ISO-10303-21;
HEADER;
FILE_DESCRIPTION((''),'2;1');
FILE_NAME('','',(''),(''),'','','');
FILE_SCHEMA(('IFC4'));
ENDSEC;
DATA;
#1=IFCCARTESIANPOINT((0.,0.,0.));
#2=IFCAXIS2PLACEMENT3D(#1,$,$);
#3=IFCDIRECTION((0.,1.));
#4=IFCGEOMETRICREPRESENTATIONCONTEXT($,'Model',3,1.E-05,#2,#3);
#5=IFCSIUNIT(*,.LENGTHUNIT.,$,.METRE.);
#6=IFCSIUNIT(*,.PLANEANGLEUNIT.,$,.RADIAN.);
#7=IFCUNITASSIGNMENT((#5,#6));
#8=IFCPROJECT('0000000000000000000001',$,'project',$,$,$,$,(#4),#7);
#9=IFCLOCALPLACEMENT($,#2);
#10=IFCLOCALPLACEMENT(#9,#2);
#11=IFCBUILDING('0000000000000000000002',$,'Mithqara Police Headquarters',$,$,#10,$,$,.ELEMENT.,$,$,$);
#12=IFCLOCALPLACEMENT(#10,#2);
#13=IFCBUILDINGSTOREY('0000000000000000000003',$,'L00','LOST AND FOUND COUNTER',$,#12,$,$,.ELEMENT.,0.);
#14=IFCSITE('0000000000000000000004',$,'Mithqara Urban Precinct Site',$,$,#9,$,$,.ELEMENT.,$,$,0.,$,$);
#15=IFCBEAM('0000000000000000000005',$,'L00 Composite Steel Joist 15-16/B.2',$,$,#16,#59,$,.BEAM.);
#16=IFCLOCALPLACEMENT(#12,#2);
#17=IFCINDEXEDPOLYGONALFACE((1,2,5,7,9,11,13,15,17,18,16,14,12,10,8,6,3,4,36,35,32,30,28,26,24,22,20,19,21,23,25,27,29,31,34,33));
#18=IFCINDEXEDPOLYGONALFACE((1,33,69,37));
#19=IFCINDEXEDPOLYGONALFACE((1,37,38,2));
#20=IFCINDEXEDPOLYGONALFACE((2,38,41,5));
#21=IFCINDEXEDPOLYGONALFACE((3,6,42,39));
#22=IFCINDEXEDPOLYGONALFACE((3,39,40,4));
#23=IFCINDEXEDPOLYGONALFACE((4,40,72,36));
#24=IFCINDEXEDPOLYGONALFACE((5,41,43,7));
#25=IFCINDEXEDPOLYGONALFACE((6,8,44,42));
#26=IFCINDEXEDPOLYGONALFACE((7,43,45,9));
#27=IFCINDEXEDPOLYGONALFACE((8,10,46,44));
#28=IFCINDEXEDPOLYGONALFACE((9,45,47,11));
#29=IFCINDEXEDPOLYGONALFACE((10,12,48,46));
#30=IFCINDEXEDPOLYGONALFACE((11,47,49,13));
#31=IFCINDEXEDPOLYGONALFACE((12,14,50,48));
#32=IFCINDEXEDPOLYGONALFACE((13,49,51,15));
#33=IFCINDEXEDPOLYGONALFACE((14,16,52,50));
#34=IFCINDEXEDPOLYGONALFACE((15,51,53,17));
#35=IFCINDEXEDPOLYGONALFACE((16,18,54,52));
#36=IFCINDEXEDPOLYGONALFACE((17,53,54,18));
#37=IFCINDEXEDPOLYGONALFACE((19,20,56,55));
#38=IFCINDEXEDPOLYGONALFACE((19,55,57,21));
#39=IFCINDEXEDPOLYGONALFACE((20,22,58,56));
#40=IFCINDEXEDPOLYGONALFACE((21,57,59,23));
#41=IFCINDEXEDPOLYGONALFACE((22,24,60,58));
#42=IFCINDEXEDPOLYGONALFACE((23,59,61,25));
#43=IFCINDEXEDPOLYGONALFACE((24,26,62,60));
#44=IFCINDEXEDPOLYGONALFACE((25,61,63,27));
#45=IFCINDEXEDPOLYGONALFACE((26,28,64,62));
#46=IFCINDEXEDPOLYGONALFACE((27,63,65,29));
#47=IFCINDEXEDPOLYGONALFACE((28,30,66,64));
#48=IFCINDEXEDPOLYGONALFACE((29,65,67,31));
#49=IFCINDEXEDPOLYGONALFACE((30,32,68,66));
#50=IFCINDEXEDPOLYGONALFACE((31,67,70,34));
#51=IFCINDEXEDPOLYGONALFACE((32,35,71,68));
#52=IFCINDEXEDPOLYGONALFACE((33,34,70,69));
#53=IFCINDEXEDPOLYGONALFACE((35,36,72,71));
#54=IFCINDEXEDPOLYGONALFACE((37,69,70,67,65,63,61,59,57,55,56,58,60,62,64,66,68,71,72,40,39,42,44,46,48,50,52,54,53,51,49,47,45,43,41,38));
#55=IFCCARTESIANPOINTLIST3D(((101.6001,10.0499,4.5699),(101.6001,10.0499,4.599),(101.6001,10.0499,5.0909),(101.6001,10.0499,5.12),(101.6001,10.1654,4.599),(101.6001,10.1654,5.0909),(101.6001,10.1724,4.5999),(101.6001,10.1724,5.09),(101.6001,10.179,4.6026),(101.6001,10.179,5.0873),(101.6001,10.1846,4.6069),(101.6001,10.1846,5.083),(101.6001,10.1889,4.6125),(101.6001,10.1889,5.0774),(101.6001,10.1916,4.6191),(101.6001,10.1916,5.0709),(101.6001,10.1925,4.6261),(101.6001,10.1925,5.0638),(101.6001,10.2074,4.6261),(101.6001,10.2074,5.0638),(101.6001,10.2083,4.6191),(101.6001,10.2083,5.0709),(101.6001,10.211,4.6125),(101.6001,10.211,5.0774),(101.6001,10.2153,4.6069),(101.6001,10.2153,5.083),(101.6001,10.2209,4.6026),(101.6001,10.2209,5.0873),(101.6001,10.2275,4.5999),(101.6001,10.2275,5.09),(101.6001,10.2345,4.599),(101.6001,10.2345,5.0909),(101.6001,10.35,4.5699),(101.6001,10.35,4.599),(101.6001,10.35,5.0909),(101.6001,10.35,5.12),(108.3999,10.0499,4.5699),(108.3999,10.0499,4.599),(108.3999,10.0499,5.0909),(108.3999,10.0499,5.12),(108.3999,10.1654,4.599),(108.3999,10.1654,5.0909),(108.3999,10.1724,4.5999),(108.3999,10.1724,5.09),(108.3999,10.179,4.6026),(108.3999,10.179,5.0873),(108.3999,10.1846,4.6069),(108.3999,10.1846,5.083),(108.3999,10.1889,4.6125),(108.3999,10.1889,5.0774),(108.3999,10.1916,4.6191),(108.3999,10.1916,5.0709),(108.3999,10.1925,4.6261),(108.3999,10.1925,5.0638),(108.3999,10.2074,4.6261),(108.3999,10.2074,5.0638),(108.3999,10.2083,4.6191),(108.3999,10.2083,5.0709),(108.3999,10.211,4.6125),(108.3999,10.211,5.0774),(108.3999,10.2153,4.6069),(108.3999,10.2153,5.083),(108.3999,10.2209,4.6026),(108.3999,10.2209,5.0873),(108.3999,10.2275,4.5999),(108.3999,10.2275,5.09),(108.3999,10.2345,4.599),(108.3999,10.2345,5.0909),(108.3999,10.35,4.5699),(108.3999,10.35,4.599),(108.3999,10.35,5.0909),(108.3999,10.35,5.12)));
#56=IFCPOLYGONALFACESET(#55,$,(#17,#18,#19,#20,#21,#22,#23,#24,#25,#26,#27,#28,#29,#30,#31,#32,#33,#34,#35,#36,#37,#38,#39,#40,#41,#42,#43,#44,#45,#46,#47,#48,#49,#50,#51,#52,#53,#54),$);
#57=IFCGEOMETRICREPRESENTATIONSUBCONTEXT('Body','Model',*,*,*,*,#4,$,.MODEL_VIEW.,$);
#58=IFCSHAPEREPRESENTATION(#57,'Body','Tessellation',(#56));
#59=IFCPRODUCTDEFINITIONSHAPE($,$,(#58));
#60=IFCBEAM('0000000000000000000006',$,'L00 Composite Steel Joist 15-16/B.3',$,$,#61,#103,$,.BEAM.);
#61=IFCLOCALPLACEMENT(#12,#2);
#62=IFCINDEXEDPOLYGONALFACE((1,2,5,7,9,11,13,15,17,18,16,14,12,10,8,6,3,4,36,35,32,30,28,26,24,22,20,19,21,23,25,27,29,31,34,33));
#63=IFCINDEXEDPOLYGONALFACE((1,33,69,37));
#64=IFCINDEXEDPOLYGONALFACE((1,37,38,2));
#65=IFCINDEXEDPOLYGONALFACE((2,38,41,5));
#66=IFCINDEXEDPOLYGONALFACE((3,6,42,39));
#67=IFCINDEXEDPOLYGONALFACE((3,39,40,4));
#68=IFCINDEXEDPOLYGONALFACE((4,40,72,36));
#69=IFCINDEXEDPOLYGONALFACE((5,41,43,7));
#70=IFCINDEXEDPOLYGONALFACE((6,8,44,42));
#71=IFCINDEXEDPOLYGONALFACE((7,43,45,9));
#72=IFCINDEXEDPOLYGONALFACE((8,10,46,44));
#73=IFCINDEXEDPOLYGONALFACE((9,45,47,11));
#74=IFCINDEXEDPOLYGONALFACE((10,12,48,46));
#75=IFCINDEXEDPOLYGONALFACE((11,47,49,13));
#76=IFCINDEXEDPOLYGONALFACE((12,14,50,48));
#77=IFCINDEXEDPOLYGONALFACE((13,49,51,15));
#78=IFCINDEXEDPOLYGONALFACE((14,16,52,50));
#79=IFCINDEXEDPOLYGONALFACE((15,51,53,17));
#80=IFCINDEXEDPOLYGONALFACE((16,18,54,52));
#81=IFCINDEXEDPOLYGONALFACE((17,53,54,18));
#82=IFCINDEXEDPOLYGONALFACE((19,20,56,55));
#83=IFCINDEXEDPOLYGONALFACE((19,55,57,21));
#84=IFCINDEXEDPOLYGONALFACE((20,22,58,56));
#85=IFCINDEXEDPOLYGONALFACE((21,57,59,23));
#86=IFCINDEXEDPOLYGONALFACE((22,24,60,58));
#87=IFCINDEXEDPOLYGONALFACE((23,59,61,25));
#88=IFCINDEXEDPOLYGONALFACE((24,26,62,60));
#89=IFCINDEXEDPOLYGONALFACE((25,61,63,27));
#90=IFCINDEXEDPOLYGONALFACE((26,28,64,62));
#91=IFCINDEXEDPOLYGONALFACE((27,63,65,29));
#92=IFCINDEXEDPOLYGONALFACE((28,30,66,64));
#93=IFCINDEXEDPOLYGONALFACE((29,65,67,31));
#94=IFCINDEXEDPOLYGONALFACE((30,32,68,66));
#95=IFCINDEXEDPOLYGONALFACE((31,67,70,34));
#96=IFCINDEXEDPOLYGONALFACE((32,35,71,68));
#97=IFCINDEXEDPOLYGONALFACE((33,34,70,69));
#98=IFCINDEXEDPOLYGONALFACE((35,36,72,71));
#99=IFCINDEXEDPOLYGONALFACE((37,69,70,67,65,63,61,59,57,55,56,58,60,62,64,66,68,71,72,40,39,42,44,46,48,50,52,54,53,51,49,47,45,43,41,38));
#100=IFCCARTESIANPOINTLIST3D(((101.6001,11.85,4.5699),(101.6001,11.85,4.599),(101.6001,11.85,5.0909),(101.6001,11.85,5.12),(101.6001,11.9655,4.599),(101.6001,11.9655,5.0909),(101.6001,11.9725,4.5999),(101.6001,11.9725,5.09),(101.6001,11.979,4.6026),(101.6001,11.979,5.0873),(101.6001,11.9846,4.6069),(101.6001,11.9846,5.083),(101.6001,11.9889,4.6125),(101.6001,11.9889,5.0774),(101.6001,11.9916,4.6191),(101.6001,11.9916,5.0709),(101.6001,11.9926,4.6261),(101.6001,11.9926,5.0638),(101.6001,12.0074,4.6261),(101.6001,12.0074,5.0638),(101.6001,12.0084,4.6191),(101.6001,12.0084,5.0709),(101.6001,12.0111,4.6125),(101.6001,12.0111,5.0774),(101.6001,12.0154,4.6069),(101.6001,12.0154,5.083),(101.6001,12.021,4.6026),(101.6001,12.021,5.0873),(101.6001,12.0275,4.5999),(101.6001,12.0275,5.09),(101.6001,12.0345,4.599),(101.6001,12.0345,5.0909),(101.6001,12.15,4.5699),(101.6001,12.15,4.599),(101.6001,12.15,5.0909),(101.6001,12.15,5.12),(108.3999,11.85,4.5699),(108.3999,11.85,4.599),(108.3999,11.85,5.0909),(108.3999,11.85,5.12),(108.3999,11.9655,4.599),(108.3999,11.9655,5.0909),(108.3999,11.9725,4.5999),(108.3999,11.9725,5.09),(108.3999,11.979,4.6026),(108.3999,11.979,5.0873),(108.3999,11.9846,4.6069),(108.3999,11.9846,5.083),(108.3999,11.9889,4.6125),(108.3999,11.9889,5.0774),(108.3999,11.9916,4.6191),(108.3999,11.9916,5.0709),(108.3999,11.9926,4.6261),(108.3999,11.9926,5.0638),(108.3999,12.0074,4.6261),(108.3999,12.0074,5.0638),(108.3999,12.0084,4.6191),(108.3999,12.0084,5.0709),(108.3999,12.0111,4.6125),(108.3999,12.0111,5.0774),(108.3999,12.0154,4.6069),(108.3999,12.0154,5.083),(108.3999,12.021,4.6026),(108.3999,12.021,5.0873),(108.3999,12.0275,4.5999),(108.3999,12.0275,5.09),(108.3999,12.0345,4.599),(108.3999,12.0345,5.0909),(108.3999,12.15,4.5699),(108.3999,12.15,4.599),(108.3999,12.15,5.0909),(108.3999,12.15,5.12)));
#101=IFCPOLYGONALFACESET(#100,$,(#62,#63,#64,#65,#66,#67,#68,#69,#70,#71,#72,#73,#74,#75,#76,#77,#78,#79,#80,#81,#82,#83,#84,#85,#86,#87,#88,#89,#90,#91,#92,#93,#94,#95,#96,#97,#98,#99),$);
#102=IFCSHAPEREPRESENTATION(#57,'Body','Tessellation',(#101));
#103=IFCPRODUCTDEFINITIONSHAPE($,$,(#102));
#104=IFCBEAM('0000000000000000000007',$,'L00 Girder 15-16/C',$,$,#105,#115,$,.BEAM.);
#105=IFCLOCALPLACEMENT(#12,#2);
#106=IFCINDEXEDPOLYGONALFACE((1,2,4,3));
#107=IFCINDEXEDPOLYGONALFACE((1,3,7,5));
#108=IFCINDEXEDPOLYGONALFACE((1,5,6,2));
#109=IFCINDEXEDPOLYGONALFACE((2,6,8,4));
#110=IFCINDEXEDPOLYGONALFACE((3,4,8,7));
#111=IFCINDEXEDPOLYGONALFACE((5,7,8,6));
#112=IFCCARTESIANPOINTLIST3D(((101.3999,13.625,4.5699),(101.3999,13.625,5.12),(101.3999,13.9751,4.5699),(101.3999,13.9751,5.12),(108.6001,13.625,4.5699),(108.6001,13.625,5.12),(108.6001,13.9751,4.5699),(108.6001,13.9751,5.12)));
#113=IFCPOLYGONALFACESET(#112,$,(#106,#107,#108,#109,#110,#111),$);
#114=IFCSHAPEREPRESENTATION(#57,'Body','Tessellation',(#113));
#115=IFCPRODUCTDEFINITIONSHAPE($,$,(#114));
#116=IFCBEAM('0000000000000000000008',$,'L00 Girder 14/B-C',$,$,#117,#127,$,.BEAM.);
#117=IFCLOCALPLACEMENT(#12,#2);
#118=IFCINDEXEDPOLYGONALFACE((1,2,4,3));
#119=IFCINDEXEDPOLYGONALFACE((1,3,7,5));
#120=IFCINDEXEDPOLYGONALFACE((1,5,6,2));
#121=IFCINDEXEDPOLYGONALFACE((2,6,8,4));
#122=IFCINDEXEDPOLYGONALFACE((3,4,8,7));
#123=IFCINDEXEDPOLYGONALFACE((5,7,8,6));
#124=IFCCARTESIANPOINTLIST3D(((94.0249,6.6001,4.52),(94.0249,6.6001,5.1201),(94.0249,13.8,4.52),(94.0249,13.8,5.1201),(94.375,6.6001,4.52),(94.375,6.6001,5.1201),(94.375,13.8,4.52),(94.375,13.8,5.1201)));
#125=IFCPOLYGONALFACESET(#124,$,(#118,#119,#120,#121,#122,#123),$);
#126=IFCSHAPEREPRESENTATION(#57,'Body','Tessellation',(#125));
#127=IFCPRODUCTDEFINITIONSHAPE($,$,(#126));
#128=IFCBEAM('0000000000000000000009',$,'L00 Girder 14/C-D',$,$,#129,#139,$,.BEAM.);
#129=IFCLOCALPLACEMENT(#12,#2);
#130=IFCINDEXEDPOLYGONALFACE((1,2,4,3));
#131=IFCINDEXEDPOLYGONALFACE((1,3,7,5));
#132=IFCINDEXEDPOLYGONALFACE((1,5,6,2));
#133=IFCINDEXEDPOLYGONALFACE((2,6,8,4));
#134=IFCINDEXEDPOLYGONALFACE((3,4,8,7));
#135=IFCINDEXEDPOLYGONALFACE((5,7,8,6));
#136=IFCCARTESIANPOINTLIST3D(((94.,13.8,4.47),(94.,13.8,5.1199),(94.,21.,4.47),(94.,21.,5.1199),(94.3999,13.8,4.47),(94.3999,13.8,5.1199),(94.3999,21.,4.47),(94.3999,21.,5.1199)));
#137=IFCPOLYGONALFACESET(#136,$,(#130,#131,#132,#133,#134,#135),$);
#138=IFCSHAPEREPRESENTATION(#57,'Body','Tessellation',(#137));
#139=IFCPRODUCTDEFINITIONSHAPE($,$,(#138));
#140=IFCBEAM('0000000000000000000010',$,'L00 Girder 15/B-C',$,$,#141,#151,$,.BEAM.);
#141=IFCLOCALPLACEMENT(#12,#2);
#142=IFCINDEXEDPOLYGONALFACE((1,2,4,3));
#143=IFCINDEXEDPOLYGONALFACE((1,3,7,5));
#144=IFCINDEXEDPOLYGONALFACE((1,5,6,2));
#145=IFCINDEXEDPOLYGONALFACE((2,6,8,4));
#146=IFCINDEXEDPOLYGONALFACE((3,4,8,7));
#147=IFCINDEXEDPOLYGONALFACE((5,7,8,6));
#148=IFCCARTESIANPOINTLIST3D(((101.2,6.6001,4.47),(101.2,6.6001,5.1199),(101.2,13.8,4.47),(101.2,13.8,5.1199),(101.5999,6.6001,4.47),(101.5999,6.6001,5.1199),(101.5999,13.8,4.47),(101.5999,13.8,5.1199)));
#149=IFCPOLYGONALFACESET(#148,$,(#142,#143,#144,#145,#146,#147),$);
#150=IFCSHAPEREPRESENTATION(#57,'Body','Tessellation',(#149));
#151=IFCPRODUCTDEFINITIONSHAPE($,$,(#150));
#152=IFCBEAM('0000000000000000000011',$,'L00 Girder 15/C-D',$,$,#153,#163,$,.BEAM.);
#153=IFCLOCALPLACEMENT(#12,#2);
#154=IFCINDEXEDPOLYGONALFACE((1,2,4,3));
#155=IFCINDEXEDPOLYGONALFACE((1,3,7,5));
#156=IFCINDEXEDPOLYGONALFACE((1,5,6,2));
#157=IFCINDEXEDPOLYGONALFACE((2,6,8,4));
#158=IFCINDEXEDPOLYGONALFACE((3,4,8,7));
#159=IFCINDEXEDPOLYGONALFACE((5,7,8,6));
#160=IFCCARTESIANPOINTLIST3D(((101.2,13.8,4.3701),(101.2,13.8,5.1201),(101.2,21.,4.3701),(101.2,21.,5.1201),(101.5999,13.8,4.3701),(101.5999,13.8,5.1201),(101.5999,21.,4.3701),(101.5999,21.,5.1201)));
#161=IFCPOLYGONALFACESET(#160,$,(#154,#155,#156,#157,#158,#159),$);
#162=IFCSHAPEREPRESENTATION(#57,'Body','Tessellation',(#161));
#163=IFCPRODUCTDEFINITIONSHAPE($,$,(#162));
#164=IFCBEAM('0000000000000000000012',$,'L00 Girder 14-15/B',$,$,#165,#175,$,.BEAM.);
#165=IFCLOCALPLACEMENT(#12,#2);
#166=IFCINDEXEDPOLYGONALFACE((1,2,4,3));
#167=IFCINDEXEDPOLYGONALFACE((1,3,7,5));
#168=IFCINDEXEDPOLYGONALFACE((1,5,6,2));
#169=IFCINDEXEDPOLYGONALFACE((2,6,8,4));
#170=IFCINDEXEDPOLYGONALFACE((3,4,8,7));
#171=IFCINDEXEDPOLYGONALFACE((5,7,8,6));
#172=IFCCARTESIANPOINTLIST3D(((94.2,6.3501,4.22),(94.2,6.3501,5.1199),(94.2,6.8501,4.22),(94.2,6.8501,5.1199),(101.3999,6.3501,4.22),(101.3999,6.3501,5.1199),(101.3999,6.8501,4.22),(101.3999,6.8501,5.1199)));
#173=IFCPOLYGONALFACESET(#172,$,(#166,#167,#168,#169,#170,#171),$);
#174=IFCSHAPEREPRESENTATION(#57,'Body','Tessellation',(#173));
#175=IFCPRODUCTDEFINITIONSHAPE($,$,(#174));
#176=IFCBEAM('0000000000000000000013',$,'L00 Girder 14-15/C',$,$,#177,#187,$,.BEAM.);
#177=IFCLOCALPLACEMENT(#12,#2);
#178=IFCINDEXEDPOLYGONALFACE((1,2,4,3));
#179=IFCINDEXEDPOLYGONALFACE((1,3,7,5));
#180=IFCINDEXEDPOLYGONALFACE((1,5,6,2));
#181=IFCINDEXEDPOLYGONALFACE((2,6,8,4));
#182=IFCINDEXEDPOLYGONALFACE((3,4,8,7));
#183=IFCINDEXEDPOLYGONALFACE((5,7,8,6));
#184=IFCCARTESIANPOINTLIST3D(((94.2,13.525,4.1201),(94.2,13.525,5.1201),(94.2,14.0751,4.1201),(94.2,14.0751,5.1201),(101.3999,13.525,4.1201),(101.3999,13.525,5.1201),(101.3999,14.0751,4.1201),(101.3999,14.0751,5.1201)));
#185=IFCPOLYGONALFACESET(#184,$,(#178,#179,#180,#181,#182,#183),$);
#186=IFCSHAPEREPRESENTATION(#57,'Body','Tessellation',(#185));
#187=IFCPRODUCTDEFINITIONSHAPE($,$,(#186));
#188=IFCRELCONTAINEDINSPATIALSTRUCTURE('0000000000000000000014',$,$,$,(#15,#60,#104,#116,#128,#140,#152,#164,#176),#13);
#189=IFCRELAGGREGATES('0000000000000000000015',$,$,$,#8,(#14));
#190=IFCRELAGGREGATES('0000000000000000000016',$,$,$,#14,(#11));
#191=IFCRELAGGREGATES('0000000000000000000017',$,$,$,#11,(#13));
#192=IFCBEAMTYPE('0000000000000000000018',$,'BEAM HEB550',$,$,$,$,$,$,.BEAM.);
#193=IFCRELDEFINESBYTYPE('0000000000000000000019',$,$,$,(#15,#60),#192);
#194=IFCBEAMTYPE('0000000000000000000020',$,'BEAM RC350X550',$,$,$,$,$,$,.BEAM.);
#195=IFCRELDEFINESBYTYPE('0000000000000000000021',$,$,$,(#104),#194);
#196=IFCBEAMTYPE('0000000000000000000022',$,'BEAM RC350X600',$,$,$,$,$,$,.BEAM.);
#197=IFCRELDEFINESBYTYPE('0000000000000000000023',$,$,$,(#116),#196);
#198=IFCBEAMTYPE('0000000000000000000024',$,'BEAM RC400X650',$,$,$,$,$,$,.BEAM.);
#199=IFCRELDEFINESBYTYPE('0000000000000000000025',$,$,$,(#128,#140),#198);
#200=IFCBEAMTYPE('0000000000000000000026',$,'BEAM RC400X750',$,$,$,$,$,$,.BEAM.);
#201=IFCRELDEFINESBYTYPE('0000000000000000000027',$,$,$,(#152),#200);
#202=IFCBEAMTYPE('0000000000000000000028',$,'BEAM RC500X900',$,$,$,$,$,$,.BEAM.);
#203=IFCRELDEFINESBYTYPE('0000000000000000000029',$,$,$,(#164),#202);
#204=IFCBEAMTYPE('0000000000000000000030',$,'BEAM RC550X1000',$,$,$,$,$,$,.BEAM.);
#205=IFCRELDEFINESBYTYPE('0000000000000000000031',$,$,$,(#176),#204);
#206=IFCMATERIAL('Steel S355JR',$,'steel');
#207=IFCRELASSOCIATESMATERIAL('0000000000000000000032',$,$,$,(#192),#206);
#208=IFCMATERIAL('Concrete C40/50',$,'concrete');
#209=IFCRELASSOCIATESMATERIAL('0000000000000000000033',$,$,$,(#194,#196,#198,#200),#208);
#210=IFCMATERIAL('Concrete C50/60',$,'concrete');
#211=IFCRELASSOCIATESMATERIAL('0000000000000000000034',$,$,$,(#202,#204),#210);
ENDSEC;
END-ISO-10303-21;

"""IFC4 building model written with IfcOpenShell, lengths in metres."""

from ifc_helpers import new_model, si_unit, direction, frame, origin, origin_2d, place, context, subcontext, project, spatial, rectangle, i_section, extrude, material, material_profile, profile_set, type_object, element, save


model = new_model("IFC4")

# Units and contexts
model_context = context("Model", 3, precision=1e-05, world=origin(), true_north=direction((0.0, 1.0)))
body_context = subcontext(model_context, "Body", "Model", "MODEL_VIEW")
ifc_project = project(units=[si_unit("LENGTHUNIT", "METRE"), si_unit("PLANEANGLEUNIT", "RADIAN")], contexts=[model_context])

# Site, building, storey
site_placement = place(None, origin())
site = spatial("IfcSite", under=ifc_project, at=site_placement, Name="Mithqara Urban Precinct Site", CompositionType="ELEMENT", RefElevation=0.0)
building_placement = place(site_placement, origin())
building = spatial("IfcBuilding", under=site, at=building_placement, Name="Mithqara Police Headquarters", CompositionType="ELEMENT")
storey_placement = place(building_placement, origin())
storey = spatial("IfcBuildingStorey", under=building, at=storey_placement, Name="L00", Description="LOST AND FOUND COUNTER", CompositionType="ELEMENT", Elevation=0.0)

# Shared definitions
ifc_material_1 = material(Name="Concrete C40/50", Category="concrete")

# Shared definitions
ifc_material_2 = material(Name="Concrete C50/60", Category="concrete")

# Beams
ifc_material_3 = material(Name="Steel S355JR", Category="steel")
ifc_material_profile_1 = material_profile(ifc_material_3, i_section(OverallWidth=0.3, OverallDepth=0.55, WebThickness=0.0149, FlangeThickness=0.0291, FilletRadius=0.0271, at=origin_2d()), Name="HEB 550")
ifc_profile_set_1 = profile_set([ifc_material_profile_1], Name="Steel S355JR")
beam_type_1 = type_object("IfcBeamType", Name="BEAM HEB550", PredefinedType="BEAM", material=ifc_profile_set_1)
for number, where, z_axis, x_axis, name in (
    (1, (101.6001, 10.2, 4.845), (1.0, 0.0, 0.0), (0.0, 1.0, 0.0), "L00 Composite Steel Joist 15-16/B.2"),
    (2, (101.6001, 12.0, 4.845), (1.0, 0.0, 0.0), (0.0, 1.0, 0.0), "L00 Composite Steel Joist 15-16/B.3"),
):
    element("IfcBeam", number, at=place(storey_placement, frame(where, z_axis=z_axis, x_axis=x_axis)), inside=storey, type_object=beam_type_1, Name=name, PredefinedType="BEAM", context=body_context, shape_type="SweptSolid", body=[
        extrude(i_section(OverallWidth=0.3, OverallDepth=0.55, WebThickness=0.0149, FlangeThickness=0.0291, FilletRadius=0.0271, at=origin_2d()), origin(), (0.0, 0.0, 1.0), 6.7998),
    ])
ifc_material_profile_2 = material_profile(ifc_material_1, rectangle(XDim=0.3501, YDim=0.55, at=origin_2d()), Name="RC 350x550")
ifc_profile_set_2 = profile_set([ifc_material_profile_2], Name="Concrete C40/50")
beam_type_2 = type_object("IfcBeamType", Name="BEAM RC350X550", PredefinedType="BEAM", material=ifc_profile_set_2)
beam_1_placement = place(storey_placement, frame((101.3999, 13.8, 4.845), z_axis=(1.0, 0.0, 0.0), x_axis=(0.0, 1.0, 0.0)))
element("IfcBeam", 3, at=beam_1_placement, inside=storey, type_object=beam_type_2, Name="L00 Girder 15-16/C", PredefinedType="BEAM", context=body_context, shape_type="SweptSolid", body=[
    extrude(rectangle(XDim=0.3501, YDim=0.55, at=origin_2d()), origin(), (0.0, 0.0, 1.0), 7.2002),
])
ifc_material_profile_3 = material_profile(ifc_material_1, rectangle(XDim=0.3501, YDim=0.6001, at=origin_2d()), Name="RC 350x600")
ifc_profile_set_3 = profile_set([ifc_material_profile_3], Name="Concrete C40/50")
beam_type_3 = type_object("IfcBeamType", Name="BEAM RC350X600", PredefinedType="BEAM", material=ifc_profile_set_3)
beam_2_placement = place(storey_placement, frame((94.2, 6.6001, 4.8201), z_axis=(0.0, 1.0, 0.0), x_axis=(-1.0, 0.0, 0.0)))
element("IfcBeam", 4, at=beam_2_placement, inside=storey, type_object=beam_type_3, Name="L00 Girder 14/B-C", PredefinedType="BEAM", context=body_context, shape_type="SweptSolid", body=[
    extrude(rectangle(XDim=0.3501, YDim=0.6001, at=origin_2d()), origin(), (0.0, 0.0, 1.0), 7.2),
])
ifc_material_profile_4 = material_profile(ifc_material_1, rectangle(XDim=0.3999, YDim=0.6499, at=origin_2d()), Name="RC 400x650")
ifc_profile_set_4 = profile_set([ifc_material_profile_4], Name="Concrete C40/50")
beam_type_4 = type_object("IfcBeamType", Name="BEAM RC400X650", PredefinedType="BEAM", material=ifc_profile_set_4)
for number, where, z_axis, x_axis, name in (
    (5, (94.2, 13.8, 4.7949), (0.0, 1.0, 0.0), (-1.0, 0.0, 0.0), "L00 Girder 14/C-D"),
    (6, (101.3999, 6.6001, 4.7949), (0.0, 1.0, 0.0), (-1.0, 0.0, 0.0), "L00 Girder 15/B-C"),
):
    element("IfcBeam", number, at=place(storey_placement, frame(where, z_axis=z_axis, x_axis=x_axis)), inside=storey, type_object=beam_type_4, Name=name, PredefinedType="BEAM", context=body_context, shape_type="SweptSolid", body=[
        extrude(rectangle(XDim=0.3999, YDim=0.6499, at=origin_2d()), origin(), (0.0, 0.0, 1.0), 7.2),
    ])
ifc_material_profile_5 = material_profile(ifc_material_1, rectangle(XDim=0.3999, YDim=0.75, at=origin_2d()), Name="RC 400x750")
ifc_profile_set_5 = profile_set([ifc_material_profile_5], Name="Concrete C40/50")
beam_type_5 = type_object("IfcBeamType", Name="BEAM RC400X750", PredefinedType="BEAM", material=ifc_profile_set_5)
beam_3_placement = place(storey_placement, frame((101.3999, 13.8, 4.7451), z_axis=(0.0, 1.0, 0.0), x_axis=(-1.0, 0.0, 0.0)))
element("IfcBeam", 7, at=beam_3_placement, inside=storey, type_object=beam_type_5, Name="L00 Girder 15/C-D", PredefinedType="BEAM", context=body_context, shape_type="SweptSolid", body=[
    extrude(rectangle(XDim=0.3999, YDim=0.75, at=origin_2d()), origin(), (0.0, 0.0, 1.0), 7.2),
])
ifc_material_profile_6 = material_profile(ifc_material_2, rectangle(XDim=0.5, YDim=0.8999, at=origin_2d()), Name="RC 500x900")
ifc_profile_set_6 = profile_set([ifc_material_profile_6], Name="Concrete C50/60")
beam_type_6 = type_object("IfcBeamType", Name="BEAM RC500X900", PredefinedType="BEAM", material=ifc_profile_set_6)
beam_4_placement = place(storey_placement, frame((94.2, 6.6001, 4.6699), z_axis=(1.0, 0.0, 0.0), x_axis=(0.0, 1.0, 0.0)))
element("IfcBeam", 8, at=beam_4_placement, inside=storey, type_object=beam_type_6, Name="L00 Girder 14-15/B", PredefinedType="BEAM", context=body_context, shape_type="SweptSolid", body=[
    extrude(rectangle(XDim=0.5, YDim=0.8999, at=origin_2d()), origin(), (0.0, 0.0, 1.0), 7.2),
])
ifc_material_profile_7 = material_profile(ifc_material_2, rectangle(XDim=0.55, YDim=1.0, at=origin_2d()), Name="RC 550x1000")
ifc_profile_set_7 = profile_set([ifc_material_profile_7], Name="Concrete C50/60")
beam_type_7 = type_object("IfcBeamType", Name="BEAM RC550X1000", PredefinedType="BEAM", material=ifc_profile_set_7)
beam_5_placement = place(storey_placement, frame((94.2, 13.8, 4.6201), z_axis=(1.0, 0.0, 0.0), x_axis=(0.0, 1.0, 0.0)))
element("IfcBeam", 9, at=beam_5_placement, inside=storey, type_object=beam_type_7, Name="L00 Girder 14-15/C", PredefinedType="BEAM", context=body_context, shape_type="SweptSolid", body=[
    extrude(rectangle(XDim=0.55, YDim=1.0, at=origin_2d()), origin(), (0.0, 0.0, 1.0), 7.2),
])

save(model, "model.ifc")
